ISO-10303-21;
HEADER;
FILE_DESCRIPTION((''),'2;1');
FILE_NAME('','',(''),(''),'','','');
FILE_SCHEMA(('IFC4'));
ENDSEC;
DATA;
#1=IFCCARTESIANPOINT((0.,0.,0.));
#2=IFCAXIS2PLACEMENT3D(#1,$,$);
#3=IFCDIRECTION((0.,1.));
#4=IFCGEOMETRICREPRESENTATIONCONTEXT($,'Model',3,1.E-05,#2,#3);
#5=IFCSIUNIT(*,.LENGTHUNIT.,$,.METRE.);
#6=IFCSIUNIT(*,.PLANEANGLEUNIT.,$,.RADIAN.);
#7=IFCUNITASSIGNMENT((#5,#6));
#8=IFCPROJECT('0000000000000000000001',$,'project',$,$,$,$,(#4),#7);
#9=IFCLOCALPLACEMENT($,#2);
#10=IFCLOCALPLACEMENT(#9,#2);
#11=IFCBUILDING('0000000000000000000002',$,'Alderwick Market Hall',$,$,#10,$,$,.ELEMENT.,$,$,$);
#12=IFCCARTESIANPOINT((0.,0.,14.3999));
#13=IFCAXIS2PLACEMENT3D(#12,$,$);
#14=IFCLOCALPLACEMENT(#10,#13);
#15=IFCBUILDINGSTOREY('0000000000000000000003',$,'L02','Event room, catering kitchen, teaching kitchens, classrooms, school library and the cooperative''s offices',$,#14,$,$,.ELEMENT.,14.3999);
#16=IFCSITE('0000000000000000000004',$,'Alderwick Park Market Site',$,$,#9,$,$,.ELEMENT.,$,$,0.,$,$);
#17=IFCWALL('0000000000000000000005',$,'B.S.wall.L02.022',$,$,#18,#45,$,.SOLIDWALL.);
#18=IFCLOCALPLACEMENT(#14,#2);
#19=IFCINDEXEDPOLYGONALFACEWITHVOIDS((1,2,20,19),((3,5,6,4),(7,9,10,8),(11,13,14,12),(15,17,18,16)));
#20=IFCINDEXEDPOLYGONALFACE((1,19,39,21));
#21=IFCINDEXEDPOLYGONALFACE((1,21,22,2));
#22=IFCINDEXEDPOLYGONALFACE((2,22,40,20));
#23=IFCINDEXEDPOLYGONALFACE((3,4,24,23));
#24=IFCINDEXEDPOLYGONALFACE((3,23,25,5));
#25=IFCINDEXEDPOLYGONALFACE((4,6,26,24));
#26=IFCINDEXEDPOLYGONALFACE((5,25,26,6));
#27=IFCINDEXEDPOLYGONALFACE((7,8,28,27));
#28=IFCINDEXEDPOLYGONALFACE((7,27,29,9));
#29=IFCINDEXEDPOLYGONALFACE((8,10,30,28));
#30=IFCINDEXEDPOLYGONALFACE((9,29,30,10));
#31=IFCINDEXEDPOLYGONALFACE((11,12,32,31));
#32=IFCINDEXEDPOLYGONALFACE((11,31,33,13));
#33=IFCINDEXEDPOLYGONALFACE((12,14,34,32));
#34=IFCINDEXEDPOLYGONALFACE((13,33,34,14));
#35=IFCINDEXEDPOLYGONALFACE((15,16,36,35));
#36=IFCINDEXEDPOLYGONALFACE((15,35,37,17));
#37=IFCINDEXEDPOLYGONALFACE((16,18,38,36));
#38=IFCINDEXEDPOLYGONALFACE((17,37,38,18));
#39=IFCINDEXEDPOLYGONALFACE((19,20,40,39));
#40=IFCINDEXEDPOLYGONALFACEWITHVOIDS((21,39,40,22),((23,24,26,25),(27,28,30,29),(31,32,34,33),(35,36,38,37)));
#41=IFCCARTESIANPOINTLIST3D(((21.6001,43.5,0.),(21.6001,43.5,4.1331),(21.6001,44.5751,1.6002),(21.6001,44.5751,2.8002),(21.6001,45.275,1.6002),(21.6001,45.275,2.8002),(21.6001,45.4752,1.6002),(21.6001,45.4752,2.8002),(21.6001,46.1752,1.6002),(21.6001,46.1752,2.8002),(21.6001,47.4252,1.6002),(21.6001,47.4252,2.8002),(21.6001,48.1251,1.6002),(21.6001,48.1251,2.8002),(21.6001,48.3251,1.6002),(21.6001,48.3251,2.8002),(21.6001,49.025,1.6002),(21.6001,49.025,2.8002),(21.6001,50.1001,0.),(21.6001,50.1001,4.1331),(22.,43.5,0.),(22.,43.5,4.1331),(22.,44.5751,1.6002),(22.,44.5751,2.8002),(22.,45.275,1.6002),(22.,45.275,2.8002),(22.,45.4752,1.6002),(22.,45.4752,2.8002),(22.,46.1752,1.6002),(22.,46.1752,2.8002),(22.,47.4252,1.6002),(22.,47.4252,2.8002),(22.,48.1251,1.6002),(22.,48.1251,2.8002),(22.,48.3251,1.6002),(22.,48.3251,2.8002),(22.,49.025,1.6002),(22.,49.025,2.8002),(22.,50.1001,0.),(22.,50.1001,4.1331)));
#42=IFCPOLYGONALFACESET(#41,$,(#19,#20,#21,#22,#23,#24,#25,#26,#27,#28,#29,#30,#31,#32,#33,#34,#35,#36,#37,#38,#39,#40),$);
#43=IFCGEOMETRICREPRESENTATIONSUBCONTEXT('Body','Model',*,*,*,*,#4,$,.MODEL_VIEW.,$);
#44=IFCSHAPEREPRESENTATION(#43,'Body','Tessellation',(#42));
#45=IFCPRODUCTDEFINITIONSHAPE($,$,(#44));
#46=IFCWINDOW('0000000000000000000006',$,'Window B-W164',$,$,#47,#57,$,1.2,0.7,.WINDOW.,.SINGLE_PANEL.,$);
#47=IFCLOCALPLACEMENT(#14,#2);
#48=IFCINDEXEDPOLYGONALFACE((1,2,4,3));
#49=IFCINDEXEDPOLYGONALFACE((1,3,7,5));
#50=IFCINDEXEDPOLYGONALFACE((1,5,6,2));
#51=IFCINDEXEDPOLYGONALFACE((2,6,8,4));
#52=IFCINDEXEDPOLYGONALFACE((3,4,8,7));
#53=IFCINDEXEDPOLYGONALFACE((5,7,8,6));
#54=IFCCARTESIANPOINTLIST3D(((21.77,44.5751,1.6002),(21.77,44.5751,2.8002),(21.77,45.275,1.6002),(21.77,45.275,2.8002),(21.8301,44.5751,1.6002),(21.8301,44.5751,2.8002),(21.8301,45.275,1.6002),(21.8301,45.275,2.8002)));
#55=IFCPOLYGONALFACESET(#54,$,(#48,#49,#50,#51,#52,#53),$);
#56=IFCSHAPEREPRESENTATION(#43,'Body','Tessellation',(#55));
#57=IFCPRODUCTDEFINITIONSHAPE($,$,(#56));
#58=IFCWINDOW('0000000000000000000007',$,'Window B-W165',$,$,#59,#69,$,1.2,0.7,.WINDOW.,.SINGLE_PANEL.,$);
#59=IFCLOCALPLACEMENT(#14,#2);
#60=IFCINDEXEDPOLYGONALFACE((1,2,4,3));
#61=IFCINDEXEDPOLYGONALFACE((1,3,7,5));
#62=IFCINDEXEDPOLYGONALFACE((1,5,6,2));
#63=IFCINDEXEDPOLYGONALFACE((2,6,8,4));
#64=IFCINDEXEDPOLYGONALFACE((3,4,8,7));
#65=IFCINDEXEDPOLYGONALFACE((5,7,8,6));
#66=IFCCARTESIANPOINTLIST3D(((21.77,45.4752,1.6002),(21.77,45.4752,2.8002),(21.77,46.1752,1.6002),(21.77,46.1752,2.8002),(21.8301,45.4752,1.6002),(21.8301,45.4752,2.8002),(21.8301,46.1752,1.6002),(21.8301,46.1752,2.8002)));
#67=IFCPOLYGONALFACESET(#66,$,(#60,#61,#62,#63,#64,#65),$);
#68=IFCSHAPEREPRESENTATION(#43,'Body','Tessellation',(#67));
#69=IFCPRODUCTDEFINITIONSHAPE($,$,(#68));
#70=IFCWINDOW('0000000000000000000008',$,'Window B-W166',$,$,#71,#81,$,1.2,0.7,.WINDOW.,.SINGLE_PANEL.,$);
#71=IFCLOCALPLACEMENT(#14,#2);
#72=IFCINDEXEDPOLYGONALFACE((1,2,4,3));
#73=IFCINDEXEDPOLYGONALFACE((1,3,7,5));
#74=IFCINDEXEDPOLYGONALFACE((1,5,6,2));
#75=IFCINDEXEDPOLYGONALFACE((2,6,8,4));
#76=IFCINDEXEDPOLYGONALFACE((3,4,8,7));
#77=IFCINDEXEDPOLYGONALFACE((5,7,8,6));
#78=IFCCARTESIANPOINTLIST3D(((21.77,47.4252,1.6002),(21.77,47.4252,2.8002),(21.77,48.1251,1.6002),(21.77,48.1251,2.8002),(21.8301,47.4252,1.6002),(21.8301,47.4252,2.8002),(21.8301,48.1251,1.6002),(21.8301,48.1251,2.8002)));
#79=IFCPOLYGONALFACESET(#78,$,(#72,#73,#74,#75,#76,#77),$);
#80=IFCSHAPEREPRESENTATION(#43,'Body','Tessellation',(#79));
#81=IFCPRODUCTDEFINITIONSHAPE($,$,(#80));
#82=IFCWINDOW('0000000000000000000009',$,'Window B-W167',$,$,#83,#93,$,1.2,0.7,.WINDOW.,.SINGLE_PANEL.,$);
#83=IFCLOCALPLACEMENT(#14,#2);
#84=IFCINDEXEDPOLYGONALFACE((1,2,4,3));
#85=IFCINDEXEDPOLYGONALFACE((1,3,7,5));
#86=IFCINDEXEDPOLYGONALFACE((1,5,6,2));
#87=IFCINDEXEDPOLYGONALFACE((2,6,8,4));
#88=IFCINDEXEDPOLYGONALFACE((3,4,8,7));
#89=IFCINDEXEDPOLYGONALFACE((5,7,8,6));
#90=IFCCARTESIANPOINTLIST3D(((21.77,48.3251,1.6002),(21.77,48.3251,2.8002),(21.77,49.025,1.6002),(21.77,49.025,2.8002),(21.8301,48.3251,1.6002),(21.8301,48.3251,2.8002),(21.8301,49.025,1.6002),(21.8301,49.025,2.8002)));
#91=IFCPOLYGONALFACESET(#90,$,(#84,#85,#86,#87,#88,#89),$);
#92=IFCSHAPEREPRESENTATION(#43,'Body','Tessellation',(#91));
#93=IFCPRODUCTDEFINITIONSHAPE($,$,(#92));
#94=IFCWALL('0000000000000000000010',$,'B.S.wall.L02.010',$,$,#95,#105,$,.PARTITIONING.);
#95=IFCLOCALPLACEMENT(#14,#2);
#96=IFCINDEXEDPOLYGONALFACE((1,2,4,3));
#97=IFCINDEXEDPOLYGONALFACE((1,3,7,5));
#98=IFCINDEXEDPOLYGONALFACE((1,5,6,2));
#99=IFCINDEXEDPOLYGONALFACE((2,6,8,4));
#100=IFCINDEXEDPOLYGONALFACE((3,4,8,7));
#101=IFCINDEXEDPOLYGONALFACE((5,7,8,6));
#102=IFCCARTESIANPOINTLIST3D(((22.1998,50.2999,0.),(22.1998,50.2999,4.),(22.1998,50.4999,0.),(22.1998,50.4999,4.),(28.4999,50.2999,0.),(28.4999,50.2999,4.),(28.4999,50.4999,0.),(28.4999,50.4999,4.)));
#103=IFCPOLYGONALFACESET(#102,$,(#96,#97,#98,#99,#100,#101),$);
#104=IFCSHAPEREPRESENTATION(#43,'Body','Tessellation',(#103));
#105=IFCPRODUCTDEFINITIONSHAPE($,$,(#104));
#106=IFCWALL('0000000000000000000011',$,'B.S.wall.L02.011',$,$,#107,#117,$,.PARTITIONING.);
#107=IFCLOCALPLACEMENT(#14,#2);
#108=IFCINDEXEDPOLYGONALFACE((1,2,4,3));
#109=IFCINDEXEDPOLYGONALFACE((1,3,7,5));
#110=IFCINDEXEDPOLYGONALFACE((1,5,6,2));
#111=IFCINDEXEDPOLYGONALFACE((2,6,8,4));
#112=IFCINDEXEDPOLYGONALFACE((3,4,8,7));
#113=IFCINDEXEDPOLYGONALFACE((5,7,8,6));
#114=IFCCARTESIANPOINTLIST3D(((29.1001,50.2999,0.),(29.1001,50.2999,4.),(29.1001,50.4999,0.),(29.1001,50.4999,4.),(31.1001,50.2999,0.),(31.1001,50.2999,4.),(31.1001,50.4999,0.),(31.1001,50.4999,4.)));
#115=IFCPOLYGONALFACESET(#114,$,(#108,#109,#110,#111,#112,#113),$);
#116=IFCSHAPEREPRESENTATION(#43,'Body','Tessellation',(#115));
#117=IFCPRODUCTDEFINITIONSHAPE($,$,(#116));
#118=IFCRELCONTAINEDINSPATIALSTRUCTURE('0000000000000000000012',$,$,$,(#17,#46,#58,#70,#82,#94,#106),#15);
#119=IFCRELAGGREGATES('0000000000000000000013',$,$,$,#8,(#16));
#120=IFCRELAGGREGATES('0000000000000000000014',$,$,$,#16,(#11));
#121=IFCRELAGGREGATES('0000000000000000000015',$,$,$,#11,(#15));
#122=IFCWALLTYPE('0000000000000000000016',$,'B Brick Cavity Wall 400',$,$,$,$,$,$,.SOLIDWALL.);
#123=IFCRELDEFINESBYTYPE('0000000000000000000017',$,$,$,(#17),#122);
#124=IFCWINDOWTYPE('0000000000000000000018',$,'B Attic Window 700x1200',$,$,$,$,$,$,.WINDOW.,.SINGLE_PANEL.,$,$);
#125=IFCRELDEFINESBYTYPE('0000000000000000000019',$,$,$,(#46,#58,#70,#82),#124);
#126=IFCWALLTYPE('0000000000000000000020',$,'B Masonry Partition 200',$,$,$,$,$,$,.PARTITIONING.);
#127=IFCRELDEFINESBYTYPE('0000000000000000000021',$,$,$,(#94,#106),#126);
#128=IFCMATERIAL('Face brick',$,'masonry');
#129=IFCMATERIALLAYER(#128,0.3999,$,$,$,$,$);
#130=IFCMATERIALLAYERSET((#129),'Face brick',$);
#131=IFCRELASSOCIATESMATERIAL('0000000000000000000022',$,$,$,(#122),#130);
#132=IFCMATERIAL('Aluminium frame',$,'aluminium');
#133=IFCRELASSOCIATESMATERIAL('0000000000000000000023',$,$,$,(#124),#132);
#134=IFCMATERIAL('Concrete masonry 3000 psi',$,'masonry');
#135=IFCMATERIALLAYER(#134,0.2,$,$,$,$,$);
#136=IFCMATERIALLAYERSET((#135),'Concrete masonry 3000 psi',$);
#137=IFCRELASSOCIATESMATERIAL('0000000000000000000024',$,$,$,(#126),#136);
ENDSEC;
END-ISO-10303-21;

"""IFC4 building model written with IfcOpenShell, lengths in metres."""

from ifc_helpers import new_model, si_unit, direction, frame, frame_2d, origin, place, context, subcontext, project, spatial, rectangle, extrude, material, layer, layer_set, type_object, element, fill, save


model = new_model("IFC4")

# Units and contexts
model_context = context("Model", 3, precision=1e-05, world=origin(), true_north=direction((0.0, 1.0)))
body_context = subcontext(model_context, "Body", "Model", "MODEL_VIEW")
ifc_project = project(units=[si_unit("LENGTHUNIT", "METRE"), si_unit("PLANEANGLEUNIT", "RADIAN")], contexts=[model_context])

# Site, building, storey
site_placement = place(None, origin())
site = spatial("IfcSite", under=ifc_project, at=site_placement, Name="Alderwick Park Market Site", CompositionType="ELEMENT", RefElevation=0.0)
building_placement = place(site_placement, origin())
building = spatial("IfcBuilding", under=site, at=building_placement, Name="Alderwick Market Hall", CompositionType="ELEMENT")
storey_placement = place(building_placement, frame((0.0, 0.0, 14.3999)))
storey = spatial("IfcBuildingStorey", under=building, at=storey_placement, Name="L02", Description="Event room, catering kitchen, teaching kitchens, classrooms, school library and the cooperative's offices", CompositionType="ELEMENT", Elevation=14.3999)

# Wall, openings, windows
ifc_material_1 = material(Name="Face brick", Category="masonry")
ifc_layer_1 = layer(ifc_material_1, 0.3999)
ifc_layer_set_1 = layer_set([ifc_layer_1], Name="Face brick")
wall_type_1 = type_object("IfcWallType", Name="B Brick Cavity Wall 400", PredefinedType="SOLIDWALL", material=ifc_layer_set_1)
wall_1_placement = place(storey_placement, frame((21.8, 43.5, 0.0), z_axis=(0.0, 0.0, 1.0), x_axis=(0.0, 1.0, 0.0)))
wall_1 = element("IfcWall", 1, at=wall_1_placement, inside=storey, type_object=wall_type_1, Name="B.S.wall.L02.022", PredefinedType="SOLIDWALL", context=body_context, shape_type="SweptSolid", body=[
    extrude(rectangle(XDim=6.6001, YDim=0.3999, at=frame_2d((3.3, 0.0))), origin(), (0.0, 0.0, 1.0), 4.1331),
])
opening_1_placement = place(wall_1_placement, frame((1.075, 0.0, 1.6001)))
opening_1 = element("IfcOpeningElement", 2, at=opening_1_placement, cuts=wall_1, PredefinedType="OPENING", context=body_context, shape_type="SweptSolid", body=[
    extrude(rectangle(XDim=0.7, YDim=1.2, at=frame_2d((0.3501, 0.6001))), frame((0.0, 0.21, 0.0), z_axis=(0.0, -1.0, 0.0), x_axis=(1.0, 0.0, 0.0)), (0.0, 0.0, 1.0), 0.4199),
])
opening_2_placement = place(wall_1_placement, frame((1.9751, 0.0, 1.6001)))
opening_2 = element("IfcOpeningElement", 3, at=opening_2_placement, cuts=wall_1, PredefinedType="OPENING", context=body_context, shape_type="SweptSolid", body=[
    extrude(rectangle(XDim=0.7, YDim=1.2, at=frame_2d((0.3501, 0.6001))), frame((0.0, 0.21, 0.0), z_axis=(0.0, -1.0, 0.0), x_axis=(1.0, 0.0, 0.0)), (0.0, 0.0, 1.0), 0.4199),
])
opening_3_placement = place(wall_1_placement, frame((3.925, 0.0, 1.6001)))
opening_3 = element("IfcOpeningElement", 4, at=opening_3_placement, cuts=wall_1, PredefinedType="OPENING", context=body_context, shape_type="SweptSolid", body=[
    extrude(rectangle(XDim=0.7, YDim=1.2, at=frame_2d((0.3501, 0.6001))), frame((0.0, 0.21, 0.0), z_axis=(0.0, -1.0, 0.0), x_axis=(1.0, 0.0, 0.0)), (0.0, 0.0, 1.0), 0.4199),
])
opening_4_placement = place(wall_1_placement, frame((4.825, 0.0, 1.6001)))
opening_4 = element("IfcOpeningElement", 5, at=opening_4_placement, cuts=wall_1, PredefinedType="OPENING", context=body_context, shape_type="SweptSolid", body=[
    extrude(rectangle(XDim=0.7, YDim=1.2, at=frame_2d((0.3501, 0.6001))), frame((0.0, 0.21, 0.0), z_axis=(0.0, -1.0, 0.0), x_axis=(1.0, 0.0, 0.0)), (0.0, 0.0, 1.0), 0.4199),
])
ifc_material_2 = material(Name="Aluminium frame", Category="aluminium")
window_type = type_object("IfcWindowType", Name="B Attic Window 700x1200", PartitioningType="SINGLE_PANEL", PredefinedType="WINDOW", material=ifc_material_2)
window_1_placement = place(opening_1_placement, origin())
window_1 = element("IfcWindow", 6, at=window_1_placement, inside=storey, type_object=window_type, Name="Window B-W164", OverallHeight=1.2, OverallWidth=0.7, PartitioningType="SINGLE_PANEL", PredefinedType="WINDOW", context=body_context, shape_type="SweptSolid", body=[
    extrude(rectangle(XDim=0.7, YDim=1.2, at=frame_2d((0.3501, 0.6001))), frame((0.0, 0.03, 0.0), z_axis=(0.0, -1.0, 0.0), x_axis=(1.0, 0.0, 0.0)), (0.0, 0.0, 1.0), 0.0601),
])
fill(opening_1, window_1)
window_2_placement = place(opening_2_placement, origin())
window_2 = element("IfcWindow", 7, at=window_2_placement, inside=storey, type_object=window_type, Name="Window B-W165", OverallHeight=1.2, OverallWidth=0.7, PartitioningType="SINGLE_PANEL", PredefinedType="WINDOW", context=body_context, shape_type="SweptSolid", body=[
    extrude(rectangle(XDim=0.7, YDim=1.2, at=frame_2d((0.3501, 0.6001))), frame((0.0, 0.03, 0.0), z_axis=(0.0, -1.0, 0.0), x_axis=(1.0, 0.0, 0.0)), (0.0, 0.0, 1.0), 0.0601),
])
fill(opening_2, window_2)
window_3_placement = place(opening_3_placement, origin())
window_3 = element("IfcWindow", 8, at=window_3_placement, inside=storey, type_object=window_type, Name="Window B-W166", OverallHeight=1.2, OverallWidth=0.7, PartitioningType="SINGLE_PANEL", PredefinedType="WINDOW", context=body_context, shape_type="SweptSolid", body=[
    extrude(rectangle(XDim=0.7, YDim=1.2, at=frame_2d((0.3501, 0.6001))), frame((0.0, 0.03, 0.0), z_axis=(0.0, -1.0, 0.0), x_axis=(1.0, 0.0, 0.0)), (0.0, 0.0, 1.0), 0.0601),
])
fill(opening_3, window_3)
window_4_placement = place(opening_4_placement, origin())
window_4 = element("IfcWindow", 9, at=window_4_placement, inside=storey, type_object=window_type, Name="Window B-W167", OverallHeight=1.2, OverallWidth=0.7, PartitioningType="SINGLE_PANEL", PredefinedType="WINDOW", context=body_context, shape_type="SweptSolid", body=[
    extrude(rectangle(XDim=0.7, YDim=1.2, at=frame_2d((0.3501, 0.6001))), frame((0.0, 0.03, 0.0), z_axis=(0.0, -1.0, 0.0), x_axis=(1.0, 0.0, 0.0)), (0.0, 0.0, 1.0), 0.0601),
])
fill(opening_4, window_4)

# Walls
ifc_material_3 = material(Name="Concrete masonry 3000 psi", Category="masonry")
ifc_layer_2 = layer(ifc_material_3, 0.2)
ifc_layer_set_2 = layer_set([ifc_layer_2], Name="Concrete masonry 3000 psi")
wall_type_2 = type_object("IfcWallType", Name="B Masonry Partition 200", PredefinedType="PARTITIONING", material=ifc_layer_set_2)
wall_2_placement = place(storey_placement, frame((22.2, 50.3999, 0.0), z_axis=(0.0, 0.0, 1.0), x_axis=(1.0, 0.0, 0.0)))
element("IfcWall", 10, at=wall_2_placement, inside=storey, type_object=wall_type_2, Name="B.S.wall.L02.010", PredefinedType="PARTITIONING", context=body_context, shape_type="SweptSolid", body=[
    extrude(rectangle(XDim=6.3, YDim=0.2, at=frame_2d((3.1499, 0.0))), origin(), (0.0, 0.0, 1.0), 4.0),
])
wall_3_placement = place(storey_placement, frame((29.1001, 50.3999, 0.0), z_axis=(0.0, 0.0, 1.0), x_axis=(1.0, 0.0, 0.0)))
element("IfcWall", 11, at=wall_3_placement, inside=storey, type_object=wall_type_2, Name="B.S.wall.L02.011", PredefinedType="PARTITIONING", context=body_context, shape_type="SweptSolid", body=[
    extrude(rectangle(XDim=2.0, YDim=0.2, at=frame_2d((1.0, 0.0))), origin(), (0.0, 0.0, 1.0), 4.0),
])

save(model, "model.ifc")
